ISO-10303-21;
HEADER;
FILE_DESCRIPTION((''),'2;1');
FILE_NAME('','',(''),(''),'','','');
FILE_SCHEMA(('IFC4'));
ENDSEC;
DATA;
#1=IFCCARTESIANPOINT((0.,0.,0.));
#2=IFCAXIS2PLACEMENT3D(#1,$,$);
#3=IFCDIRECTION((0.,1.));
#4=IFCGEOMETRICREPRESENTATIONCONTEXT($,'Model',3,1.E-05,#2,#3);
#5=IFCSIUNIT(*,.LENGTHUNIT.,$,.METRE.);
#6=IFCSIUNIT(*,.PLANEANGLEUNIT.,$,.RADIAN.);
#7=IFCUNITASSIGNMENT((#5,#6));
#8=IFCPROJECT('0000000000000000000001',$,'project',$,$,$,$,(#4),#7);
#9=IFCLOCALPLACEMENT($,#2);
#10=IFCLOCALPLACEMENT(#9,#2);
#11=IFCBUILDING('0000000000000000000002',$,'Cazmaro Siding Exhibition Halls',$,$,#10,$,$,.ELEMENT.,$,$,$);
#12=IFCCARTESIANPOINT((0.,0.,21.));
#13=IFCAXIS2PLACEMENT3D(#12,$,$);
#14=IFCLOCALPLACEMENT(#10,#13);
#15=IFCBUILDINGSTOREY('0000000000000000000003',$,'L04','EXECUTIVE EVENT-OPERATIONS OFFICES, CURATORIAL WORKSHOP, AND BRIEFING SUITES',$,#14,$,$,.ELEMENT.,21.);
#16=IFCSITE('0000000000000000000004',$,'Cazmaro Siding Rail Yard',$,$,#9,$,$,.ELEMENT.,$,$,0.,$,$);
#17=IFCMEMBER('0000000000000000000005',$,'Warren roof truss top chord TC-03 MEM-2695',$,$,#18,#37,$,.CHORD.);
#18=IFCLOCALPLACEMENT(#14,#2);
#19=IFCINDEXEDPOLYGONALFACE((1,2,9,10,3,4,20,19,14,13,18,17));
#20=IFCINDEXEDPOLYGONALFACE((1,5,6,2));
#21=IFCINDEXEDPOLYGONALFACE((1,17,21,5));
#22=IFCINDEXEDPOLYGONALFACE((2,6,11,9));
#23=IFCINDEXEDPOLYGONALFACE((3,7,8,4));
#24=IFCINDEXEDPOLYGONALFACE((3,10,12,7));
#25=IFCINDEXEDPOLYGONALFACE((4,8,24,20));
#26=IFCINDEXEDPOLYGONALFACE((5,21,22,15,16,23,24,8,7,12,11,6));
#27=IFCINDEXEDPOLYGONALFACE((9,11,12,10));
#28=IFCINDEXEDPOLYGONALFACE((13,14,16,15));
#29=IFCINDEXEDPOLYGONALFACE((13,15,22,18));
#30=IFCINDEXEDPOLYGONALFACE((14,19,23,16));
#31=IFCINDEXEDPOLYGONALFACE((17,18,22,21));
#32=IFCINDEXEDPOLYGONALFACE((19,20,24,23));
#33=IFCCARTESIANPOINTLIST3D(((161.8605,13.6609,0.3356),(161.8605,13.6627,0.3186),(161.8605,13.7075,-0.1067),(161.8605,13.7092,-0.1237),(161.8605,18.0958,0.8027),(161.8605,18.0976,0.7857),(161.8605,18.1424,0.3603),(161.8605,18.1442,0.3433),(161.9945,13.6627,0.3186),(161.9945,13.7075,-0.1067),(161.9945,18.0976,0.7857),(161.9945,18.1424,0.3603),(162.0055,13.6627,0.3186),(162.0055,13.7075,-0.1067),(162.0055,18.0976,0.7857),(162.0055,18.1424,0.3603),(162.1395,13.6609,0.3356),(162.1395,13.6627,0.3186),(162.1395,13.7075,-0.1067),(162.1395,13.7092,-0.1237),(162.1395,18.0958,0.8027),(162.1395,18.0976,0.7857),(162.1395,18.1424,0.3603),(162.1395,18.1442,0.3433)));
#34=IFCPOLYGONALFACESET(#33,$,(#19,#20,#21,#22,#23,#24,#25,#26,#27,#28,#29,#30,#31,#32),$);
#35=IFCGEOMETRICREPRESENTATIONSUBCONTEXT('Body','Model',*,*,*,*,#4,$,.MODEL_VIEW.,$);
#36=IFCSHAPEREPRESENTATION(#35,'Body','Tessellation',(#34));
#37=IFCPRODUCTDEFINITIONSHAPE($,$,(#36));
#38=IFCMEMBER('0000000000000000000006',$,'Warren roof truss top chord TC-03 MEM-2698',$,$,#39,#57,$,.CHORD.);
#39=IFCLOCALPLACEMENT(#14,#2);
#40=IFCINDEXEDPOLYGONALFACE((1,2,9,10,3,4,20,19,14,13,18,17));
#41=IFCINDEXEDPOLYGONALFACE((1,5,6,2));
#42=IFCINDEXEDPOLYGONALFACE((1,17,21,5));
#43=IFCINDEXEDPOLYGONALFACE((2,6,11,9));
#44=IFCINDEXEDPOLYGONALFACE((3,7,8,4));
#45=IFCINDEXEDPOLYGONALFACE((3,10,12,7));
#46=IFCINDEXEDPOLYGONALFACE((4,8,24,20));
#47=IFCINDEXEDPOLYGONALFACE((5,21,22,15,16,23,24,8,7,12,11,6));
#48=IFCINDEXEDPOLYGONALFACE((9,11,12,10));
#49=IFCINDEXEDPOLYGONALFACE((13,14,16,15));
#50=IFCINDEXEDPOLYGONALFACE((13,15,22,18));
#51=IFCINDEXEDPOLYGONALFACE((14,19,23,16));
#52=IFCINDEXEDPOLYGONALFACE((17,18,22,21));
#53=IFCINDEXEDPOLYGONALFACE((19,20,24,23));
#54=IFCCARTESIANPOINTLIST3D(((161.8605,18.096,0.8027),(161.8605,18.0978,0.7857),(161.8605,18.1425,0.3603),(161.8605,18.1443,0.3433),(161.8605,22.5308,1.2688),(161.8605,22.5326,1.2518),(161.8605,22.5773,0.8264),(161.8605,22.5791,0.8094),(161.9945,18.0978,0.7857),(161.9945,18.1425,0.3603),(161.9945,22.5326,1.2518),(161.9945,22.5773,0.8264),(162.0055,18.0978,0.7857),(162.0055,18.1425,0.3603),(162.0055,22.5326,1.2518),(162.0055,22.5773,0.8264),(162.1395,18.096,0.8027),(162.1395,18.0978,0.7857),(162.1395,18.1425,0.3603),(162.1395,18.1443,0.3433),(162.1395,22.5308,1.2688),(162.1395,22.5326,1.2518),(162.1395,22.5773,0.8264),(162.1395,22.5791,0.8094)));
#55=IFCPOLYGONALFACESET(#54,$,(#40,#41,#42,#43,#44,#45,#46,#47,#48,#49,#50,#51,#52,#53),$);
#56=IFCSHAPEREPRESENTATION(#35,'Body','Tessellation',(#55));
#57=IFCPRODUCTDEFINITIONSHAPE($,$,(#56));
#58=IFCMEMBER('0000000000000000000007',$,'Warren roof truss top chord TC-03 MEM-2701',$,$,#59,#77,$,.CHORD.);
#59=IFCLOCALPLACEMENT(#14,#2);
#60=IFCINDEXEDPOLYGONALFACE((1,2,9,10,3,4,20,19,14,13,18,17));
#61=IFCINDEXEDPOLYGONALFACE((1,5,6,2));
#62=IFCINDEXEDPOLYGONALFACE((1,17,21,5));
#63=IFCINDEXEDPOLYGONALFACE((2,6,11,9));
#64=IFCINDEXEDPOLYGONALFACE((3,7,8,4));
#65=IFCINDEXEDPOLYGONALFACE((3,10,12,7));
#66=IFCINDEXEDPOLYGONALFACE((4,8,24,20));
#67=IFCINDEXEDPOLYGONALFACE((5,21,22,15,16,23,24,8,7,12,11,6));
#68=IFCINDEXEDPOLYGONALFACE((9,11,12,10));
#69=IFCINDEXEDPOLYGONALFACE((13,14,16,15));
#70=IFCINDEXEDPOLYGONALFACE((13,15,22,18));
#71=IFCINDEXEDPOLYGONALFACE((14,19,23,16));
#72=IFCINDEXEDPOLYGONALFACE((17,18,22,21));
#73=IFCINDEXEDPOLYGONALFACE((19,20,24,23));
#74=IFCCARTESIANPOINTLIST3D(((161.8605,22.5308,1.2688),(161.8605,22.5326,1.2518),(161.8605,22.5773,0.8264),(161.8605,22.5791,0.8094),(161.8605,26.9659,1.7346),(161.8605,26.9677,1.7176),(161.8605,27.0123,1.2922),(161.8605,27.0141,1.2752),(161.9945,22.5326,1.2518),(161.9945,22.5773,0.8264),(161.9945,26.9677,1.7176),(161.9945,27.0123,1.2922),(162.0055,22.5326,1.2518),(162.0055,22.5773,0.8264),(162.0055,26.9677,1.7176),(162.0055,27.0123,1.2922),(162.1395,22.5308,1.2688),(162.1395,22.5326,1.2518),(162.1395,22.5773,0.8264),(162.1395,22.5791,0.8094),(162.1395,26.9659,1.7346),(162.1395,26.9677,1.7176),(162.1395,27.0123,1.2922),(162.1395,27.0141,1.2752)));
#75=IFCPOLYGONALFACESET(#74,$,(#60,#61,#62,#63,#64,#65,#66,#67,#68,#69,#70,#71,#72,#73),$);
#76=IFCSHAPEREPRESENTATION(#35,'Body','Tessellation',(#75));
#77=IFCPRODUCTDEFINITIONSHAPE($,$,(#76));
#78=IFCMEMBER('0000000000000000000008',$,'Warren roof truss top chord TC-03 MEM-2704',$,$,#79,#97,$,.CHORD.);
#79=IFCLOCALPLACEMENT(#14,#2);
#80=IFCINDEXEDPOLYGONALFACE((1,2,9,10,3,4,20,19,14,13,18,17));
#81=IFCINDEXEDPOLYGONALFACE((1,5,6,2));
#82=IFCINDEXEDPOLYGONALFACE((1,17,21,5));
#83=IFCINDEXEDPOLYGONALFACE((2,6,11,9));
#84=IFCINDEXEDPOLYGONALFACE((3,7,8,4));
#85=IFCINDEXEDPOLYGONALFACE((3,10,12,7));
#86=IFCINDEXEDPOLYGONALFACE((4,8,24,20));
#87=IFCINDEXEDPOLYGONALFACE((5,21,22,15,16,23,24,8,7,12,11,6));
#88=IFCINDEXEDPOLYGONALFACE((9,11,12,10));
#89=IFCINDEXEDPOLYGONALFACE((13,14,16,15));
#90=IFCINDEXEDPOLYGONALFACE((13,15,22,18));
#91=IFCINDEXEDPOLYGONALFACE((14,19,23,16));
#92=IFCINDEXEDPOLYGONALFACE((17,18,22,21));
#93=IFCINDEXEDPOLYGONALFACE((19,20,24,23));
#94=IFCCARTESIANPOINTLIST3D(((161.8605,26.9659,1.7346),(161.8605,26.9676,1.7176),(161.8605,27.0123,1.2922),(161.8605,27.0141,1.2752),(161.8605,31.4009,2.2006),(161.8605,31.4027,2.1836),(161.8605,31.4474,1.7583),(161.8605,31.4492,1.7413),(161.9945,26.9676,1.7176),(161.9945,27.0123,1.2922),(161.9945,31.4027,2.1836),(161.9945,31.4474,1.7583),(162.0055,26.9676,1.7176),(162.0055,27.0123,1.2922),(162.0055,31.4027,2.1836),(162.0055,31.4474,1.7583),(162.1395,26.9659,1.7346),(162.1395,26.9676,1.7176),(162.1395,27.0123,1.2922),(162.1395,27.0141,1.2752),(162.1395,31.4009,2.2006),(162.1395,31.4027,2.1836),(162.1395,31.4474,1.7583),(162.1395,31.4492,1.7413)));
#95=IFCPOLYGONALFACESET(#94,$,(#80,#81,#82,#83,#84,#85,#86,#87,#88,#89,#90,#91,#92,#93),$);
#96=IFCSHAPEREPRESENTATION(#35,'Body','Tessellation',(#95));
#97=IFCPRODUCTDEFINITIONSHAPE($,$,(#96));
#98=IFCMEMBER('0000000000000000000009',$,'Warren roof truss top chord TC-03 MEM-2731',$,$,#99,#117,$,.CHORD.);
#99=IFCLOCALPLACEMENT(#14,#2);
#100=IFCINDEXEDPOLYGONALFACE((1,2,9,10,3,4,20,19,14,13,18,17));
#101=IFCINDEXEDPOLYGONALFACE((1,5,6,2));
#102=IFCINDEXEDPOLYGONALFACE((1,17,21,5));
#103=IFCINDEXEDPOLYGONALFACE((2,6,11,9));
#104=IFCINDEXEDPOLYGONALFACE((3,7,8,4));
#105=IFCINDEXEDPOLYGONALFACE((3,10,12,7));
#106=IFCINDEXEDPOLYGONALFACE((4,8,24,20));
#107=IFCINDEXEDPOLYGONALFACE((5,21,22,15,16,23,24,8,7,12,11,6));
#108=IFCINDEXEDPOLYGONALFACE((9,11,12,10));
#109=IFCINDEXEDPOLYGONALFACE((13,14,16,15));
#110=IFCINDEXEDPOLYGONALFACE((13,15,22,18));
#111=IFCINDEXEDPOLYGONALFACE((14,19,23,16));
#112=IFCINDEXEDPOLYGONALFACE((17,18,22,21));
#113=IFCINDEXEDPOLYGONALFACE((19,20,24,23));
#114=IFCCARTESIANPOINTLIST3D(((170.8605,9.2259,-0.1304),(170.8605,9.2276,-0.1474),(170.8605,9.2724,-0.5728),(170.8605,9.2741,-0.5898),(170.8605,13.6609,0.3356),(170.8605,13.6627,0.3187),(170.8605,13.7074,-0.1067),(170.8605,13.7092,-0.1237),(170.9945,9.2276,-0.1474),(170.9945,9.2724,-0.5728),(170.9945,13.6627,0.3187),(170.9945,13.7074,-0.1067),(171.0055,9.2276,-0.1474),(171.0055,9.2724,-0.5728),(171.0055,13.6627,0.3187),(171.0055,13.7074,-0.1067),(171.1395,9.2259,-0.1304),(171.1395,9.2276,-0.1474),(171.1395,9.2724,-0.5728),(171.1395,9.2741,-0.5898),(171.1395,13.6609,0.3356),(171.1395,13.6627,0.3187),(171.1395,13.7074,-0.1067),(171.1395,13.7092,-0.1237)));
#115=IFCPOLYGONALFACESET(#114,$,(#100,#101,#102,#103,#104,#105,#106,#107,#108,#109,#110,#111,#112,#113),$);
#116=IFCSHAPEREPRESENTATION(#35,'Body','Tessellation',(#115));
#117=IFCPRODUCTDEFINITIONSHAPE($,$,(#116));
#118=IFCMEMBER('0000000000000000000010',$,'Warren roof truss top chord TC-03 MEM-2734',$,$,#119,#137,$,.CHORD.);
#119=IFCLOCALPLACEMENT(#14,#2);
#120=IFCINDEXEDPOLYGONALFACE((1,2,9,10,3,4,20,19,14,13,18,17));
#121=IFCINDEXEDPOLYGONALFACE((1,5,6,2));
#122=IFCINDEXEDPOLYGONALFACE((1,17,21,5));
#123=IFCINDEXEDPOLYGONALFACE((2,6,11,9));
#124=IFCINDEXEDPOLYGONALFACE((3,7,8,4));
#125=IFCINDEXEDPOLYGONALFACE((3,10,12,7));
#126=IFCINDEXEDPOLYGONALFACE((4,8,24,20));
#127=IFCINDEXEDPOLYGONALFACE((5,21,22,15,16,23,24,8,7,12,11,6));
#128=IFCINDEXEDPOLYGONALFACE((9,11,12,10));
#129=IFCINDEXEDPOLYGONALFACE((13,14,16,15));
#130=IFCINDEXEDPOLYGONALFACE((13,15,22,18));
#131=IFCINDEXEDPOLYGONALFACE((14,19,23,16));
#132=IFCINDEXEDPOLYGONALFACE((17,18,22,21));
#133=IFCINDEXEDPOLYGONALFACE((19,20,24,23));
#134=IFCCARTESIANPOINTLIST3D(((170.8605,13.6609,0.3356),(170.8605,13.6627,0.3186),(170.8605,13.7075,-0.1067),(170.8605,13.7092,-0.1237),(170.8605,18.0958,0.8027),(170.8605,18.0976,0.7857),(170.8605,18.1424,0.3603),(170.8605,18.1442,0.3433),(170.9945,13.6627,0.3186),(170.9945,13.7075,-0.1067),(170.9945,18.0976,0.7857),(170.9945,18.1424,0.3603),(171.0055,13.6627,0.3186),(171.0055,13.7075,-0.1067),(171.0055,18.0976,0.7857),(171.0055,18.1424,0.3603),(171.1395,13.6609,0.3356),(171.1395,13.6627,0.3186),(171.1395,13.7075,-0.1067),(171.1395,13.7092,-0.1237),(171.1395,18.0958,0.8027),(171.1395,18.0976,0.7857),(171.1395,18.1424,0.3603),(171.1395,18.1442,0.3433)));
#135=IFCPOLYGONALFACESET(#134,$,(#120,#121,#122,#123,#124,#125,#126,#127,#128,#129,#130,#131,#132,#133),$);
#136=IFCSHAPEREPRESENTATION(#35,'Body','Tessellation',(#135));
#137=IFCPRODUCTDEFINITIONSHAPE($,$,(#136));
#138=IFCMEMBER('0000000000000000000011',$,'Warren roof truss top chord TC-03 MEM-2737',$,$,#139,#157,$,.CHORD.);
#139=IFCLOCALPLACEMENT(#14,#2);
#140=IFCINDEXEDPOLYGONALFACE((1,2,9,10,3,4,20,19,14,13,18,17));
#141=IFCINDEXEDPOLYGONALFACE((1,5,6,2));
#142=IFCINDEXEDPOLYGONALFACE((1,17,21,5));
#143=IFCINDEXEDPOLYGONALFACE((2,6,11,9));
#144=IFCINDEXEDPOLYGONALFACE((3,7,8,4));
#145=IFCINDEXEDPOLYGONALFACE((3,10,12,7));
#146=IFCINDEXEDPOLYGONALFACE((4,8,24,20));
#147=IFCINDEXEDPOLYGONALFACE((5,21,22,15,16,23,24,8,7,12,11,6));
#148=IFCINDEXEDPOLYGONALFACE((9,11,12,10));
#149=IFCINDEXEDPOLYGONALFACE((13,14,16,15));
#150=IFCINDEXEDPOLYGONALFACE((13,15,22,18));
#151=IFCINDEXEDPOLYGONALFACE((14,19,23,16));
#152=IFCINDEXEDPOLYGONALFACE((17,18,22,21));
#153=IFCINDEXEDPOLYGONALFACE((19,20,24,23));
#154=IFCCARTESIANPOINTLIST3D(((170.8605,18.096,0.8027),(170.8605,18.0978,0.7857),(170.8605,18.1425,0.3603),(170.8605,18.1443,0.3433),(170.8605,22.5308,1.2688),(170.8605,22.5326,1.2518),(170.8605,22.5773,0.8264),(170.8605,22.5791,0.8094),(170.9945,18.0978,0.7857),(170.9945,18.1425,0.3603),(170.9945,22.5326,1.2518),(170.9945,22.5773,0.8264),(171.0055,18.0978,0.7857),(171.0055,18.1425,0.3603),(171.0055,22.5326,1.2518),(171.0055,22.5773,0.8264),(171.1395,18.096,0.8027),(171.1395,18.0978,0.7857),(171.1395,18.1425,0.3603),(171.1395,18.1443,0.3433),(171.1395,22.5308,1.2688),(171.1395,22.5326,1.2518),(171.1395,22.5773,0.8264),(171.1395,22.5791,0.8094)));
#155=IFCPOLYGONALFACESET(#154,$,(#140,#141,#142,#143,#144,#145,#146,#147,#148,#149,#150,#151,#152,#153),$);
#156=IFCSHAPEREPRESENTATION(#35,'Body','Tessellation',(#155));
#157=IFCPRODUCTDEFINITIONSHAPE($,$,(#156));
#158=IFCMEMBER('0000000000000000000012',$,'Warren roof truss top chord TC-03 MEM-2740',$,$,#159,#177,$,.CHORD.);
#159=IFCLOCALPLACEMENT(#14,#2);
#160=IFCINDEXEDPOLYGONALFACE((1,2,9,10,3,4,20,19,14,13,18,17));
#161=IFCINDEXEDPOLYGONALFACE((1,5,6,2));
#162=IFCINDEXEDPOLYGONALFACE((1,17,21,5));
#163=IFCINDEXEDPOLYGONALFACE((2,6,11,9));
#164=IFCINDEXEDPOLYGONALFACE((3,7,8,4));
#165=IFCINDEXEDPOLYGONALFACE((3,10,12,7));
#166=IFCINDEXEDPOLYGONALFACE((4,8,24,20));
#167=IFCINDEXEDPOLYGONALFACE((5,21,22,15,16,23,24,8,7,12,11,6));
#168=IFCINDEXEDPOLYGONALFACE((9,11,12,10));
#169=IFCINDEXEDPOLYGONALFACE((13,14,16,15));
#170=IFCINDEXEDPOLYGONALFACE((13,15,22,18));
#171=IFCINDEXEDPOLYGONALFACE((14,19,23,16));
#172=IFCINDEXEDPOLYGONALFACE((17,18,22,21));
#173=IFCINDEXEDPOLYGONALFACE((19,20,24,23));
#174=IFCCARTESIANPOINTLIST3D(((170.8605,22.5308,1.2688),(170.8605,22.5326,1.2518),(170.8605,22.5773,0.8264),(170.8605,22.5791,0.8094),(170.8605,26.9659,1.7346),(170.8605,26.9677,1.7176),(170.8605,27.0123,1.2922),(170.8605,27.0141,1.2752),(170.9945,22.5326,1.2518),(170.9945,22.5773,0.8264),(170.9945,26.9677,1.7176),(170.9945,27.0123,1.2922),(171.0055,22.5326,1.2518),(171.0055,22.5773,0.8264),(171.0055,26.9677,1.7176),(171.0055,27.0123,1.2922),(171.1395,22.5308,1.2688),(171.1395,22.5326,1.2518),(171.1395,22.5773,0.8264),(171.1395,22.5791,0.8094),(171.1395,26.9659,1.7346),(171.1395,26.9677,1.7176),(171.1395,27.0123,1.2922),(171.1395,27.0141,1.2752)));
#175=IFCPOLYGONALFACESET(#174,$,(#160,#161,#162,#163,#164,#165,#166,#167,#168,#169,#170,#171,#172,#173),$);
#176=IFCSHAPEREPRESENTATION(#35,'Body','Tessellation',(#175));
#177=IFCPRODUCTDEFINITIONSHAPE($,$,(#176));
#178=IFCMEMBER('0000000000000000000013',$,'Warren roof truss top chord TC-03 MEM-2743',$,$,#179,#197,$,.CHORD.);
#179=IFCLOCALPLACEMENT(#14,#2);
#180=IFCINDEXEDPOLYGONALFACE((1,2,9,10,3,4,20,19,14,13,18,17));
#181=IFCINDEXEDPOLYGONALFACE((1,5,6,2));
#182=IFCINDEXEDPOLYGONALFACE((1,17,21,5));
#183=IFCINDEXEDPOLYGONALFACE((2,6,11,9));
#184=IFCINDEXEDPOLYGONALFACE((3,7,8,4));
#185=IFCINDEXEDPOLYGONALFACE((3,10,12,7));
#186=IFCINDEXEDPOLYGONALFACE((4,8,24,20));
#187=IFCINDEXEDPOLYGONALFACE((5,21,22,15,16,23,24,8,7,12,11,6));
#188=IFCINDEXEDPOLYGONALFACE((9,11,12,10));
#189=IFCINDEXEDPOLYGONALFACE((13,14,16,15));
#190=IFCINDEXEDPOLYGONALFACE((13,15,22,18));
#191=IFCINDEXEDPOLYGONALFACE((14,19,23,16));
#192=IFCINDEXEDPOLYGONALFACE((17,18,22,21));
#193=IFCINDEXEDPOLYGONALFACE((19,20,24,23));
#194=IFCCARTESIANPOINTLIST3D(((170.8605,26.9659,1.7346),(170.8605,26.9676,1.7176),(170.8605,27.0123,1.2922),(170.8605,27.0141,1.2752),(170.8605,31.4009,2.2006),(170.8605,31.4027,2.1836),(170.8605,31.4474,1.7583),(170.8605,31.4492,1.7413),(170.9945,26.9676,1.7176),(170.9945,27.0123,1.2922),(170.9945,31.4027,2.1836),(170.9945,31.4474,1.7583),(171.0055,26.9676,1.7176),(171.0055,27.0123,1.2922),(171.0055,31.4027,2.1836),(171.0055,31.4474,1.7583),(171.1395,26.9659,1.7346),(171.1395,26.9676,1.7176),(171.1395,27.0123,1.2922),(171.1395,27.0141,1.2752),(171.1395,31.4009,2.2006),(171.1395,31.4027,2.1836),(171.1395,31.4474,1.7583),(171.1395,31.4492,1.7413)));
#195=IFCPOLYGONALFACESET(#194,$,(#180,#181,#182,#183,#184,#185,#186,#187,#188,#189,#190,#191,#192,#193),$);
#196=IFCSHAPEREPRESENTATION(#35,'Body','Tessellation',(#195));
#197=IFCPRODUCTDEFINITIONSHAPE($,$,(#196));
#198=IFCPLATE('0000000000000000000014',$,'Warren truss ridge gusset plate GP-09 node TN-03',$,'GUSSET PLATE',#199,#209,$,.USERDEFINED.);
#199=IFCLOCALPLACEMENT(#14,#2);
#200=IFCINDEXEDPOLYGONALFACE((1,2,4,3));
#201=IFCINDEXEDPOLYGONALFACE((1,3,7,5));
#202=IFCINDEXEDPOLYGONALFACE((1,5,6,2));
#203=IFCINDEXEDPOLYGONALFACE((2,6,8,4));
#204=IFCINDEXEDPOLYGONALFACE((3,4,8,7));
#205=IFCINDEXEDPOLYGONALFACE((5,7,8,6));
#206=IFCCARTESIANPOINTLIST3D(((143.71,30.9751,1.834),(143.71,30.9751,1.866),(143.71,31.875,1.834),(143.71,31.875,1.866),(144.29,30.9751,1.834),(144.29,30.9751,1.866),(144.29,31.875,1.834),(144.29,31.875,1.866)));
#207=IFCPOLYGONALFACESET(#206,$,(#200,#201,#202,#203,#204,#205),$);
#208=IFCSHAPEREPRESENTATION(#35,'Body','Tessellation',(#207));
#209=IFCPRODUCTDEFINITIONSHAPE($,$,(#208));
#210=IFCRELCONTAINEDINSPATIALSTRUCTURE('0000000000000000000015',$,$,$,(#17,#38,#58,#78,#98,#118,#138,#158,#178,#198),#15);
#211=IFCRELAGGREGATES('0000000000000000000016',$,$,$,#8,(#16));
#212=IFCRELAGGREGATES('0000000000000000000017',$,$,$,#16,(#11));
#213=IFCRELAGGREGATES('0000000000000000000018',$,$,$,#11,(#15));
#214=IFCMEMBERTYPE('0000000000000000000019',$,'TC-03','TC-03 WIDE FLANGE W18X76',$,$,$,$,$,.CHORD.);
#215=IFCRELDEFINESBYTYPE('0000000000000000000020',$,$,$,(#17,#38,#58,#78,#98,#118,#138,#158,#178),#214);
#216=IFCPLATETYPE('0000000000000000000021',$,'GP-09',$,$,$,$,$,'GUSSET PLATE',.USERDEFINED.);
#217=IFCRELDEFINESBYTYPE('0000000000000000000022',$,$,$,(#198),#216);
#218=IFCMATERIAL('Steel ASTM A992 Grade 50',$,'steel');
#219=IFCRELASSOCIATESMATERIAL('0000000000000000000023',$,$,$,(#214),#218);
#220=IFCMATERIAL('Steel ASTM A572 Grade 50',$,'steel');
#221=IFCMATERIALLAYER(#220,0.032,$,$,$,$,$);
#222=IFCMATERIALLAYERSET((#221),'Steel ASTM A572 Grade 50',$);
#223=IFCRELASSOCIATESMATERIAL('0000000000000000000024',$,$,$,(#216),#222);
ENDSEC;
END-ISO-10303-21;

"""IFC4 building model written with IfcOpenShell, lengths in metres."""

from ifc_helpers import new_model, si_unit, direction, frame, origin, origin_2d, place, context, subcontext, project, spatial, rectangle, i_section, extrude, material, layer, layer_set, material_profile, profile_set, type_object, element, save


model = new_model("IFC4")

# Units and contexts
model_context = context("Model", 3, precision=1e-05, world=origin(), true_north=direction((0.0, 1.0)))
body_context = subcontext(model_context, "Body", "Model", "MODEL_VIEW")
ifc_project = project(units=[si_unit("LENGTHUNIT", "METRE"), si_unit("PLANEANGLEUNIT", "RADIAN")], contexts=[model_context])

# Site, building, storey
site_placement = place(None, origin())
site = spatial("IfcSite", under=ifc_project, at=site_placement, Name="Cazmaro Siding Rail Yard", CompositionType="ELEMENT", RefElevation=0.0)
building_placement = place(site_placement, origin())
building = spatial("IfcBuilding", under=site, at=building_placement, Name="Cazmaro Siding Exhibition Halls", CompositionType="ELEMENT")
storey_placement = place(building_placement, frame((0.0, 0.0, 21.0)))
storey = spatial("IfcBuildingStorey", under=building, at=storey_placement, Name="L04", Description="EXECUTIVE EVENT-OPERATIONS OFFICES, CURATORIAL WORKSHOP, AND BRIEFING SUITES", CompositionType="ELEMENT", Elevation=21.0)

# Members
ifc_material_1 = material(Name="Steel ASTM A992 Grade 50", Category="steel")
ifc_material_profile_1 = material_profile(ifc_material_1, i_section(OverallWidth=0.2791, OverallDepth=0.4619, WebThickness=0.011, FlangeThickness=0.0171, at=origin_2d()), Name="W18X76")
ifc_profile_set_1 = profile_set([ifc_material_profile_1], Name="Steel ASTM A992 Grade 50")
member_type_1 = type_object("IfcMemberType", Name="TC-03", Description="TC-03 WIDE FLANGE W18X76", PredefinedType="CHORD", material=ifc_profile_set_1)
for number, where, z_axis, x_axis, name in (
    (1, (162.0, 13.6851, 0.106), (0.0, 0.994501, 0.104728), (-1.0, 0.0, 0.0), "Warren roof truss top chord TC-03 MEM-2695"),
):
    element("IfcMember", number, at=place(storey_placement, frame(where, z_axis=z_axis, x_axis=x_axis)), inside=storey, type_object=member_type_1, Name=name, PredefinedType="CHORD", context=body_context, shape_type="SweptSolid", body=[
        extrude(i_section(OverallWidth=0.2791, OverallDepth=0.4619, WebThickness=0.011, FlangeThickness=0.0171, at=origin_2d()), origin(), (0.0, 0.0, 1.0), 4.4595),
    ])
member_1_placement = place(storey_placement, frame((162.0, 18.1201, 0.573), z_axis=(0.0, 0.994523, 0.104517), x_axis=(-1.0, 0.0, 0.0)))
element("IfcMember", 2, at=member_1_placement, inside=storey, type_object=member_type_1, Name="Warren roof truss top chord TC-03 MEM-2698", PredefinedType="CHORD", context=body_context, shape_type="SweptSolid", body=[
    extrude(i_section(OverallWidth=0.2791, OverallDepth=0.4619, WebThickness=0.011, FlangeThickness=0.0171, at=origin_2d()), origin(), (0.0, 0.0, 1.0), 4.4592),
])
for number, where, z_axis, x_axis, name in (
    (3, (162.0, 22.5549, 1.0391), (0.0, 0.994529, 0.104457), (-1.0, 0.0, 0.0), "Warren roof truss top chord TC-03 MEM-2701"),
    (4, (162.0, 26.99, 1.5049), (0.0, 0.994524, 0.104511), (-1.0, 0.0, 0.0), "Warren roof truss top chord TC-03 MEM-2704"),
    (5, (171.0, 9.25, -0.3601), (0.0, 0.994524, 0.104511), (-1.0, 0.0, 0.0), "Warren roof truss top chord TC-03 MEM-2731"),
    (6, (171.0, 13.6851, 0.106), (0.0, 0.994501, 0.104728), (-1.0, 0.0, 0.0), "Warren roof truss top chord TC-03 MEM-2734"),
):
    element("IfcMember", number, at=place(storey_placement, frame(where, z_axis=z_axis, x_axis=x_axis)), inside=storey, type_object=member_type_1, Name=name, PredefinedType="CHORD", context=body_context, shape_type="SweptSolid", body=[
        extrude(i_section(OverallWidth=0.2791, OverallDepth=0.4619, WebThickness=0.011, FlangeThickness=0.0171, at=origin_2d()), origin(), (0.0, 0.0, 1.0), 4.4595),
    ])
member_2_placement = place(storey_placement, frame((171.0, 18.1201, 0.573), z_axis=(0.0, 0.994523, 0.104517), x_axis=(-1.0, 0.0, 0.0)))
element("IfcMember", 7, at=member_2_placement, inside=storey, type_object=member_type_1, Name="Warren roof truss top chord TC-03 MEM-2737", PredefinedType="CHORD", context=body_context, shape_type="SweptSolid", body=[
    extrude(i_section(OverallWidth=0.2791, OverallDepth=0.4619, WebThickness=0.011, FlangeThickness=0.0171, at=origin_2d()), origin(), (0.0, 0.0, 1.0), 4.4592),
])
for number, where, z_axis, x_axis, name in (
    (8, (171.0, 22.5549, 1.0391), (0.0, 0.994529, 0.104457), (-1.0, 0.0, 0.0), "Warren roof truss top chord TC-03 MEM-2740"),
    (9, (171.0, 26.99, 1.5049), (0.0, 0.994524, 0.104511), (-1.0, 0.0, 0.0), "Warren roof truss top chord TC-03 MEM-2743"),
):
    element("IfcMember", number, at=place(storey_placement, frame(where, z_axis=z_axis, x_axis=x_axis)), inside=storey, type_object=member_type_1, Name=name, PredefinedType="CHORD", context=body_context, shape_type="SweptSolid", body=[
        extrude(i_section(OverallWidth=0.2791, OverallDepth=0.4619, WebThickness=0.011, FlangeThickness=0.0171, at=origin_2d()), origin(), (0.0, 0.0, 1.0), 4.4595),
    ])

# Plate
ifc_material_2 = material(Name="Steel ASTM A572 Grade 50", Category="steel")
ifc_layer_1 = layer(ifc_material_2, 0.032)
ifc_layer_set_1 = layer_set([ifc_layer_1], Name="Steel ASTM A572 Grade 50")
plate_type = type_object("IfcPlateType", Name="GP-09", ElementType="GUSSET PLATE", PredefinedType="USERDEFINED", material=ifc_layer_set_1)
plate_placement = place(storey_placement, frame((144.0, 31.425, 1.834), z_axis=(0.0, 0.0, 1.0), x_axis=(0.0, 1.0, 0.0)))
element("IfcPlate", 10, at=plate_placement, inside=storey, type_object=plate_type, Name="Warren truss ridge gusset plate GP-09 node TN-03", ObjectType="GUSSET PLATE", PredefinedType="USERDEFINED", context=body_context, shape_type="SweptSolid", body=[
    extrude(rectangle(XDim=0.8999, YDim=0.5801, at=origin_2d()), origin(), (0.0, 0.0, 1.0), 0.032),
])

save(model, "model.ifc")
